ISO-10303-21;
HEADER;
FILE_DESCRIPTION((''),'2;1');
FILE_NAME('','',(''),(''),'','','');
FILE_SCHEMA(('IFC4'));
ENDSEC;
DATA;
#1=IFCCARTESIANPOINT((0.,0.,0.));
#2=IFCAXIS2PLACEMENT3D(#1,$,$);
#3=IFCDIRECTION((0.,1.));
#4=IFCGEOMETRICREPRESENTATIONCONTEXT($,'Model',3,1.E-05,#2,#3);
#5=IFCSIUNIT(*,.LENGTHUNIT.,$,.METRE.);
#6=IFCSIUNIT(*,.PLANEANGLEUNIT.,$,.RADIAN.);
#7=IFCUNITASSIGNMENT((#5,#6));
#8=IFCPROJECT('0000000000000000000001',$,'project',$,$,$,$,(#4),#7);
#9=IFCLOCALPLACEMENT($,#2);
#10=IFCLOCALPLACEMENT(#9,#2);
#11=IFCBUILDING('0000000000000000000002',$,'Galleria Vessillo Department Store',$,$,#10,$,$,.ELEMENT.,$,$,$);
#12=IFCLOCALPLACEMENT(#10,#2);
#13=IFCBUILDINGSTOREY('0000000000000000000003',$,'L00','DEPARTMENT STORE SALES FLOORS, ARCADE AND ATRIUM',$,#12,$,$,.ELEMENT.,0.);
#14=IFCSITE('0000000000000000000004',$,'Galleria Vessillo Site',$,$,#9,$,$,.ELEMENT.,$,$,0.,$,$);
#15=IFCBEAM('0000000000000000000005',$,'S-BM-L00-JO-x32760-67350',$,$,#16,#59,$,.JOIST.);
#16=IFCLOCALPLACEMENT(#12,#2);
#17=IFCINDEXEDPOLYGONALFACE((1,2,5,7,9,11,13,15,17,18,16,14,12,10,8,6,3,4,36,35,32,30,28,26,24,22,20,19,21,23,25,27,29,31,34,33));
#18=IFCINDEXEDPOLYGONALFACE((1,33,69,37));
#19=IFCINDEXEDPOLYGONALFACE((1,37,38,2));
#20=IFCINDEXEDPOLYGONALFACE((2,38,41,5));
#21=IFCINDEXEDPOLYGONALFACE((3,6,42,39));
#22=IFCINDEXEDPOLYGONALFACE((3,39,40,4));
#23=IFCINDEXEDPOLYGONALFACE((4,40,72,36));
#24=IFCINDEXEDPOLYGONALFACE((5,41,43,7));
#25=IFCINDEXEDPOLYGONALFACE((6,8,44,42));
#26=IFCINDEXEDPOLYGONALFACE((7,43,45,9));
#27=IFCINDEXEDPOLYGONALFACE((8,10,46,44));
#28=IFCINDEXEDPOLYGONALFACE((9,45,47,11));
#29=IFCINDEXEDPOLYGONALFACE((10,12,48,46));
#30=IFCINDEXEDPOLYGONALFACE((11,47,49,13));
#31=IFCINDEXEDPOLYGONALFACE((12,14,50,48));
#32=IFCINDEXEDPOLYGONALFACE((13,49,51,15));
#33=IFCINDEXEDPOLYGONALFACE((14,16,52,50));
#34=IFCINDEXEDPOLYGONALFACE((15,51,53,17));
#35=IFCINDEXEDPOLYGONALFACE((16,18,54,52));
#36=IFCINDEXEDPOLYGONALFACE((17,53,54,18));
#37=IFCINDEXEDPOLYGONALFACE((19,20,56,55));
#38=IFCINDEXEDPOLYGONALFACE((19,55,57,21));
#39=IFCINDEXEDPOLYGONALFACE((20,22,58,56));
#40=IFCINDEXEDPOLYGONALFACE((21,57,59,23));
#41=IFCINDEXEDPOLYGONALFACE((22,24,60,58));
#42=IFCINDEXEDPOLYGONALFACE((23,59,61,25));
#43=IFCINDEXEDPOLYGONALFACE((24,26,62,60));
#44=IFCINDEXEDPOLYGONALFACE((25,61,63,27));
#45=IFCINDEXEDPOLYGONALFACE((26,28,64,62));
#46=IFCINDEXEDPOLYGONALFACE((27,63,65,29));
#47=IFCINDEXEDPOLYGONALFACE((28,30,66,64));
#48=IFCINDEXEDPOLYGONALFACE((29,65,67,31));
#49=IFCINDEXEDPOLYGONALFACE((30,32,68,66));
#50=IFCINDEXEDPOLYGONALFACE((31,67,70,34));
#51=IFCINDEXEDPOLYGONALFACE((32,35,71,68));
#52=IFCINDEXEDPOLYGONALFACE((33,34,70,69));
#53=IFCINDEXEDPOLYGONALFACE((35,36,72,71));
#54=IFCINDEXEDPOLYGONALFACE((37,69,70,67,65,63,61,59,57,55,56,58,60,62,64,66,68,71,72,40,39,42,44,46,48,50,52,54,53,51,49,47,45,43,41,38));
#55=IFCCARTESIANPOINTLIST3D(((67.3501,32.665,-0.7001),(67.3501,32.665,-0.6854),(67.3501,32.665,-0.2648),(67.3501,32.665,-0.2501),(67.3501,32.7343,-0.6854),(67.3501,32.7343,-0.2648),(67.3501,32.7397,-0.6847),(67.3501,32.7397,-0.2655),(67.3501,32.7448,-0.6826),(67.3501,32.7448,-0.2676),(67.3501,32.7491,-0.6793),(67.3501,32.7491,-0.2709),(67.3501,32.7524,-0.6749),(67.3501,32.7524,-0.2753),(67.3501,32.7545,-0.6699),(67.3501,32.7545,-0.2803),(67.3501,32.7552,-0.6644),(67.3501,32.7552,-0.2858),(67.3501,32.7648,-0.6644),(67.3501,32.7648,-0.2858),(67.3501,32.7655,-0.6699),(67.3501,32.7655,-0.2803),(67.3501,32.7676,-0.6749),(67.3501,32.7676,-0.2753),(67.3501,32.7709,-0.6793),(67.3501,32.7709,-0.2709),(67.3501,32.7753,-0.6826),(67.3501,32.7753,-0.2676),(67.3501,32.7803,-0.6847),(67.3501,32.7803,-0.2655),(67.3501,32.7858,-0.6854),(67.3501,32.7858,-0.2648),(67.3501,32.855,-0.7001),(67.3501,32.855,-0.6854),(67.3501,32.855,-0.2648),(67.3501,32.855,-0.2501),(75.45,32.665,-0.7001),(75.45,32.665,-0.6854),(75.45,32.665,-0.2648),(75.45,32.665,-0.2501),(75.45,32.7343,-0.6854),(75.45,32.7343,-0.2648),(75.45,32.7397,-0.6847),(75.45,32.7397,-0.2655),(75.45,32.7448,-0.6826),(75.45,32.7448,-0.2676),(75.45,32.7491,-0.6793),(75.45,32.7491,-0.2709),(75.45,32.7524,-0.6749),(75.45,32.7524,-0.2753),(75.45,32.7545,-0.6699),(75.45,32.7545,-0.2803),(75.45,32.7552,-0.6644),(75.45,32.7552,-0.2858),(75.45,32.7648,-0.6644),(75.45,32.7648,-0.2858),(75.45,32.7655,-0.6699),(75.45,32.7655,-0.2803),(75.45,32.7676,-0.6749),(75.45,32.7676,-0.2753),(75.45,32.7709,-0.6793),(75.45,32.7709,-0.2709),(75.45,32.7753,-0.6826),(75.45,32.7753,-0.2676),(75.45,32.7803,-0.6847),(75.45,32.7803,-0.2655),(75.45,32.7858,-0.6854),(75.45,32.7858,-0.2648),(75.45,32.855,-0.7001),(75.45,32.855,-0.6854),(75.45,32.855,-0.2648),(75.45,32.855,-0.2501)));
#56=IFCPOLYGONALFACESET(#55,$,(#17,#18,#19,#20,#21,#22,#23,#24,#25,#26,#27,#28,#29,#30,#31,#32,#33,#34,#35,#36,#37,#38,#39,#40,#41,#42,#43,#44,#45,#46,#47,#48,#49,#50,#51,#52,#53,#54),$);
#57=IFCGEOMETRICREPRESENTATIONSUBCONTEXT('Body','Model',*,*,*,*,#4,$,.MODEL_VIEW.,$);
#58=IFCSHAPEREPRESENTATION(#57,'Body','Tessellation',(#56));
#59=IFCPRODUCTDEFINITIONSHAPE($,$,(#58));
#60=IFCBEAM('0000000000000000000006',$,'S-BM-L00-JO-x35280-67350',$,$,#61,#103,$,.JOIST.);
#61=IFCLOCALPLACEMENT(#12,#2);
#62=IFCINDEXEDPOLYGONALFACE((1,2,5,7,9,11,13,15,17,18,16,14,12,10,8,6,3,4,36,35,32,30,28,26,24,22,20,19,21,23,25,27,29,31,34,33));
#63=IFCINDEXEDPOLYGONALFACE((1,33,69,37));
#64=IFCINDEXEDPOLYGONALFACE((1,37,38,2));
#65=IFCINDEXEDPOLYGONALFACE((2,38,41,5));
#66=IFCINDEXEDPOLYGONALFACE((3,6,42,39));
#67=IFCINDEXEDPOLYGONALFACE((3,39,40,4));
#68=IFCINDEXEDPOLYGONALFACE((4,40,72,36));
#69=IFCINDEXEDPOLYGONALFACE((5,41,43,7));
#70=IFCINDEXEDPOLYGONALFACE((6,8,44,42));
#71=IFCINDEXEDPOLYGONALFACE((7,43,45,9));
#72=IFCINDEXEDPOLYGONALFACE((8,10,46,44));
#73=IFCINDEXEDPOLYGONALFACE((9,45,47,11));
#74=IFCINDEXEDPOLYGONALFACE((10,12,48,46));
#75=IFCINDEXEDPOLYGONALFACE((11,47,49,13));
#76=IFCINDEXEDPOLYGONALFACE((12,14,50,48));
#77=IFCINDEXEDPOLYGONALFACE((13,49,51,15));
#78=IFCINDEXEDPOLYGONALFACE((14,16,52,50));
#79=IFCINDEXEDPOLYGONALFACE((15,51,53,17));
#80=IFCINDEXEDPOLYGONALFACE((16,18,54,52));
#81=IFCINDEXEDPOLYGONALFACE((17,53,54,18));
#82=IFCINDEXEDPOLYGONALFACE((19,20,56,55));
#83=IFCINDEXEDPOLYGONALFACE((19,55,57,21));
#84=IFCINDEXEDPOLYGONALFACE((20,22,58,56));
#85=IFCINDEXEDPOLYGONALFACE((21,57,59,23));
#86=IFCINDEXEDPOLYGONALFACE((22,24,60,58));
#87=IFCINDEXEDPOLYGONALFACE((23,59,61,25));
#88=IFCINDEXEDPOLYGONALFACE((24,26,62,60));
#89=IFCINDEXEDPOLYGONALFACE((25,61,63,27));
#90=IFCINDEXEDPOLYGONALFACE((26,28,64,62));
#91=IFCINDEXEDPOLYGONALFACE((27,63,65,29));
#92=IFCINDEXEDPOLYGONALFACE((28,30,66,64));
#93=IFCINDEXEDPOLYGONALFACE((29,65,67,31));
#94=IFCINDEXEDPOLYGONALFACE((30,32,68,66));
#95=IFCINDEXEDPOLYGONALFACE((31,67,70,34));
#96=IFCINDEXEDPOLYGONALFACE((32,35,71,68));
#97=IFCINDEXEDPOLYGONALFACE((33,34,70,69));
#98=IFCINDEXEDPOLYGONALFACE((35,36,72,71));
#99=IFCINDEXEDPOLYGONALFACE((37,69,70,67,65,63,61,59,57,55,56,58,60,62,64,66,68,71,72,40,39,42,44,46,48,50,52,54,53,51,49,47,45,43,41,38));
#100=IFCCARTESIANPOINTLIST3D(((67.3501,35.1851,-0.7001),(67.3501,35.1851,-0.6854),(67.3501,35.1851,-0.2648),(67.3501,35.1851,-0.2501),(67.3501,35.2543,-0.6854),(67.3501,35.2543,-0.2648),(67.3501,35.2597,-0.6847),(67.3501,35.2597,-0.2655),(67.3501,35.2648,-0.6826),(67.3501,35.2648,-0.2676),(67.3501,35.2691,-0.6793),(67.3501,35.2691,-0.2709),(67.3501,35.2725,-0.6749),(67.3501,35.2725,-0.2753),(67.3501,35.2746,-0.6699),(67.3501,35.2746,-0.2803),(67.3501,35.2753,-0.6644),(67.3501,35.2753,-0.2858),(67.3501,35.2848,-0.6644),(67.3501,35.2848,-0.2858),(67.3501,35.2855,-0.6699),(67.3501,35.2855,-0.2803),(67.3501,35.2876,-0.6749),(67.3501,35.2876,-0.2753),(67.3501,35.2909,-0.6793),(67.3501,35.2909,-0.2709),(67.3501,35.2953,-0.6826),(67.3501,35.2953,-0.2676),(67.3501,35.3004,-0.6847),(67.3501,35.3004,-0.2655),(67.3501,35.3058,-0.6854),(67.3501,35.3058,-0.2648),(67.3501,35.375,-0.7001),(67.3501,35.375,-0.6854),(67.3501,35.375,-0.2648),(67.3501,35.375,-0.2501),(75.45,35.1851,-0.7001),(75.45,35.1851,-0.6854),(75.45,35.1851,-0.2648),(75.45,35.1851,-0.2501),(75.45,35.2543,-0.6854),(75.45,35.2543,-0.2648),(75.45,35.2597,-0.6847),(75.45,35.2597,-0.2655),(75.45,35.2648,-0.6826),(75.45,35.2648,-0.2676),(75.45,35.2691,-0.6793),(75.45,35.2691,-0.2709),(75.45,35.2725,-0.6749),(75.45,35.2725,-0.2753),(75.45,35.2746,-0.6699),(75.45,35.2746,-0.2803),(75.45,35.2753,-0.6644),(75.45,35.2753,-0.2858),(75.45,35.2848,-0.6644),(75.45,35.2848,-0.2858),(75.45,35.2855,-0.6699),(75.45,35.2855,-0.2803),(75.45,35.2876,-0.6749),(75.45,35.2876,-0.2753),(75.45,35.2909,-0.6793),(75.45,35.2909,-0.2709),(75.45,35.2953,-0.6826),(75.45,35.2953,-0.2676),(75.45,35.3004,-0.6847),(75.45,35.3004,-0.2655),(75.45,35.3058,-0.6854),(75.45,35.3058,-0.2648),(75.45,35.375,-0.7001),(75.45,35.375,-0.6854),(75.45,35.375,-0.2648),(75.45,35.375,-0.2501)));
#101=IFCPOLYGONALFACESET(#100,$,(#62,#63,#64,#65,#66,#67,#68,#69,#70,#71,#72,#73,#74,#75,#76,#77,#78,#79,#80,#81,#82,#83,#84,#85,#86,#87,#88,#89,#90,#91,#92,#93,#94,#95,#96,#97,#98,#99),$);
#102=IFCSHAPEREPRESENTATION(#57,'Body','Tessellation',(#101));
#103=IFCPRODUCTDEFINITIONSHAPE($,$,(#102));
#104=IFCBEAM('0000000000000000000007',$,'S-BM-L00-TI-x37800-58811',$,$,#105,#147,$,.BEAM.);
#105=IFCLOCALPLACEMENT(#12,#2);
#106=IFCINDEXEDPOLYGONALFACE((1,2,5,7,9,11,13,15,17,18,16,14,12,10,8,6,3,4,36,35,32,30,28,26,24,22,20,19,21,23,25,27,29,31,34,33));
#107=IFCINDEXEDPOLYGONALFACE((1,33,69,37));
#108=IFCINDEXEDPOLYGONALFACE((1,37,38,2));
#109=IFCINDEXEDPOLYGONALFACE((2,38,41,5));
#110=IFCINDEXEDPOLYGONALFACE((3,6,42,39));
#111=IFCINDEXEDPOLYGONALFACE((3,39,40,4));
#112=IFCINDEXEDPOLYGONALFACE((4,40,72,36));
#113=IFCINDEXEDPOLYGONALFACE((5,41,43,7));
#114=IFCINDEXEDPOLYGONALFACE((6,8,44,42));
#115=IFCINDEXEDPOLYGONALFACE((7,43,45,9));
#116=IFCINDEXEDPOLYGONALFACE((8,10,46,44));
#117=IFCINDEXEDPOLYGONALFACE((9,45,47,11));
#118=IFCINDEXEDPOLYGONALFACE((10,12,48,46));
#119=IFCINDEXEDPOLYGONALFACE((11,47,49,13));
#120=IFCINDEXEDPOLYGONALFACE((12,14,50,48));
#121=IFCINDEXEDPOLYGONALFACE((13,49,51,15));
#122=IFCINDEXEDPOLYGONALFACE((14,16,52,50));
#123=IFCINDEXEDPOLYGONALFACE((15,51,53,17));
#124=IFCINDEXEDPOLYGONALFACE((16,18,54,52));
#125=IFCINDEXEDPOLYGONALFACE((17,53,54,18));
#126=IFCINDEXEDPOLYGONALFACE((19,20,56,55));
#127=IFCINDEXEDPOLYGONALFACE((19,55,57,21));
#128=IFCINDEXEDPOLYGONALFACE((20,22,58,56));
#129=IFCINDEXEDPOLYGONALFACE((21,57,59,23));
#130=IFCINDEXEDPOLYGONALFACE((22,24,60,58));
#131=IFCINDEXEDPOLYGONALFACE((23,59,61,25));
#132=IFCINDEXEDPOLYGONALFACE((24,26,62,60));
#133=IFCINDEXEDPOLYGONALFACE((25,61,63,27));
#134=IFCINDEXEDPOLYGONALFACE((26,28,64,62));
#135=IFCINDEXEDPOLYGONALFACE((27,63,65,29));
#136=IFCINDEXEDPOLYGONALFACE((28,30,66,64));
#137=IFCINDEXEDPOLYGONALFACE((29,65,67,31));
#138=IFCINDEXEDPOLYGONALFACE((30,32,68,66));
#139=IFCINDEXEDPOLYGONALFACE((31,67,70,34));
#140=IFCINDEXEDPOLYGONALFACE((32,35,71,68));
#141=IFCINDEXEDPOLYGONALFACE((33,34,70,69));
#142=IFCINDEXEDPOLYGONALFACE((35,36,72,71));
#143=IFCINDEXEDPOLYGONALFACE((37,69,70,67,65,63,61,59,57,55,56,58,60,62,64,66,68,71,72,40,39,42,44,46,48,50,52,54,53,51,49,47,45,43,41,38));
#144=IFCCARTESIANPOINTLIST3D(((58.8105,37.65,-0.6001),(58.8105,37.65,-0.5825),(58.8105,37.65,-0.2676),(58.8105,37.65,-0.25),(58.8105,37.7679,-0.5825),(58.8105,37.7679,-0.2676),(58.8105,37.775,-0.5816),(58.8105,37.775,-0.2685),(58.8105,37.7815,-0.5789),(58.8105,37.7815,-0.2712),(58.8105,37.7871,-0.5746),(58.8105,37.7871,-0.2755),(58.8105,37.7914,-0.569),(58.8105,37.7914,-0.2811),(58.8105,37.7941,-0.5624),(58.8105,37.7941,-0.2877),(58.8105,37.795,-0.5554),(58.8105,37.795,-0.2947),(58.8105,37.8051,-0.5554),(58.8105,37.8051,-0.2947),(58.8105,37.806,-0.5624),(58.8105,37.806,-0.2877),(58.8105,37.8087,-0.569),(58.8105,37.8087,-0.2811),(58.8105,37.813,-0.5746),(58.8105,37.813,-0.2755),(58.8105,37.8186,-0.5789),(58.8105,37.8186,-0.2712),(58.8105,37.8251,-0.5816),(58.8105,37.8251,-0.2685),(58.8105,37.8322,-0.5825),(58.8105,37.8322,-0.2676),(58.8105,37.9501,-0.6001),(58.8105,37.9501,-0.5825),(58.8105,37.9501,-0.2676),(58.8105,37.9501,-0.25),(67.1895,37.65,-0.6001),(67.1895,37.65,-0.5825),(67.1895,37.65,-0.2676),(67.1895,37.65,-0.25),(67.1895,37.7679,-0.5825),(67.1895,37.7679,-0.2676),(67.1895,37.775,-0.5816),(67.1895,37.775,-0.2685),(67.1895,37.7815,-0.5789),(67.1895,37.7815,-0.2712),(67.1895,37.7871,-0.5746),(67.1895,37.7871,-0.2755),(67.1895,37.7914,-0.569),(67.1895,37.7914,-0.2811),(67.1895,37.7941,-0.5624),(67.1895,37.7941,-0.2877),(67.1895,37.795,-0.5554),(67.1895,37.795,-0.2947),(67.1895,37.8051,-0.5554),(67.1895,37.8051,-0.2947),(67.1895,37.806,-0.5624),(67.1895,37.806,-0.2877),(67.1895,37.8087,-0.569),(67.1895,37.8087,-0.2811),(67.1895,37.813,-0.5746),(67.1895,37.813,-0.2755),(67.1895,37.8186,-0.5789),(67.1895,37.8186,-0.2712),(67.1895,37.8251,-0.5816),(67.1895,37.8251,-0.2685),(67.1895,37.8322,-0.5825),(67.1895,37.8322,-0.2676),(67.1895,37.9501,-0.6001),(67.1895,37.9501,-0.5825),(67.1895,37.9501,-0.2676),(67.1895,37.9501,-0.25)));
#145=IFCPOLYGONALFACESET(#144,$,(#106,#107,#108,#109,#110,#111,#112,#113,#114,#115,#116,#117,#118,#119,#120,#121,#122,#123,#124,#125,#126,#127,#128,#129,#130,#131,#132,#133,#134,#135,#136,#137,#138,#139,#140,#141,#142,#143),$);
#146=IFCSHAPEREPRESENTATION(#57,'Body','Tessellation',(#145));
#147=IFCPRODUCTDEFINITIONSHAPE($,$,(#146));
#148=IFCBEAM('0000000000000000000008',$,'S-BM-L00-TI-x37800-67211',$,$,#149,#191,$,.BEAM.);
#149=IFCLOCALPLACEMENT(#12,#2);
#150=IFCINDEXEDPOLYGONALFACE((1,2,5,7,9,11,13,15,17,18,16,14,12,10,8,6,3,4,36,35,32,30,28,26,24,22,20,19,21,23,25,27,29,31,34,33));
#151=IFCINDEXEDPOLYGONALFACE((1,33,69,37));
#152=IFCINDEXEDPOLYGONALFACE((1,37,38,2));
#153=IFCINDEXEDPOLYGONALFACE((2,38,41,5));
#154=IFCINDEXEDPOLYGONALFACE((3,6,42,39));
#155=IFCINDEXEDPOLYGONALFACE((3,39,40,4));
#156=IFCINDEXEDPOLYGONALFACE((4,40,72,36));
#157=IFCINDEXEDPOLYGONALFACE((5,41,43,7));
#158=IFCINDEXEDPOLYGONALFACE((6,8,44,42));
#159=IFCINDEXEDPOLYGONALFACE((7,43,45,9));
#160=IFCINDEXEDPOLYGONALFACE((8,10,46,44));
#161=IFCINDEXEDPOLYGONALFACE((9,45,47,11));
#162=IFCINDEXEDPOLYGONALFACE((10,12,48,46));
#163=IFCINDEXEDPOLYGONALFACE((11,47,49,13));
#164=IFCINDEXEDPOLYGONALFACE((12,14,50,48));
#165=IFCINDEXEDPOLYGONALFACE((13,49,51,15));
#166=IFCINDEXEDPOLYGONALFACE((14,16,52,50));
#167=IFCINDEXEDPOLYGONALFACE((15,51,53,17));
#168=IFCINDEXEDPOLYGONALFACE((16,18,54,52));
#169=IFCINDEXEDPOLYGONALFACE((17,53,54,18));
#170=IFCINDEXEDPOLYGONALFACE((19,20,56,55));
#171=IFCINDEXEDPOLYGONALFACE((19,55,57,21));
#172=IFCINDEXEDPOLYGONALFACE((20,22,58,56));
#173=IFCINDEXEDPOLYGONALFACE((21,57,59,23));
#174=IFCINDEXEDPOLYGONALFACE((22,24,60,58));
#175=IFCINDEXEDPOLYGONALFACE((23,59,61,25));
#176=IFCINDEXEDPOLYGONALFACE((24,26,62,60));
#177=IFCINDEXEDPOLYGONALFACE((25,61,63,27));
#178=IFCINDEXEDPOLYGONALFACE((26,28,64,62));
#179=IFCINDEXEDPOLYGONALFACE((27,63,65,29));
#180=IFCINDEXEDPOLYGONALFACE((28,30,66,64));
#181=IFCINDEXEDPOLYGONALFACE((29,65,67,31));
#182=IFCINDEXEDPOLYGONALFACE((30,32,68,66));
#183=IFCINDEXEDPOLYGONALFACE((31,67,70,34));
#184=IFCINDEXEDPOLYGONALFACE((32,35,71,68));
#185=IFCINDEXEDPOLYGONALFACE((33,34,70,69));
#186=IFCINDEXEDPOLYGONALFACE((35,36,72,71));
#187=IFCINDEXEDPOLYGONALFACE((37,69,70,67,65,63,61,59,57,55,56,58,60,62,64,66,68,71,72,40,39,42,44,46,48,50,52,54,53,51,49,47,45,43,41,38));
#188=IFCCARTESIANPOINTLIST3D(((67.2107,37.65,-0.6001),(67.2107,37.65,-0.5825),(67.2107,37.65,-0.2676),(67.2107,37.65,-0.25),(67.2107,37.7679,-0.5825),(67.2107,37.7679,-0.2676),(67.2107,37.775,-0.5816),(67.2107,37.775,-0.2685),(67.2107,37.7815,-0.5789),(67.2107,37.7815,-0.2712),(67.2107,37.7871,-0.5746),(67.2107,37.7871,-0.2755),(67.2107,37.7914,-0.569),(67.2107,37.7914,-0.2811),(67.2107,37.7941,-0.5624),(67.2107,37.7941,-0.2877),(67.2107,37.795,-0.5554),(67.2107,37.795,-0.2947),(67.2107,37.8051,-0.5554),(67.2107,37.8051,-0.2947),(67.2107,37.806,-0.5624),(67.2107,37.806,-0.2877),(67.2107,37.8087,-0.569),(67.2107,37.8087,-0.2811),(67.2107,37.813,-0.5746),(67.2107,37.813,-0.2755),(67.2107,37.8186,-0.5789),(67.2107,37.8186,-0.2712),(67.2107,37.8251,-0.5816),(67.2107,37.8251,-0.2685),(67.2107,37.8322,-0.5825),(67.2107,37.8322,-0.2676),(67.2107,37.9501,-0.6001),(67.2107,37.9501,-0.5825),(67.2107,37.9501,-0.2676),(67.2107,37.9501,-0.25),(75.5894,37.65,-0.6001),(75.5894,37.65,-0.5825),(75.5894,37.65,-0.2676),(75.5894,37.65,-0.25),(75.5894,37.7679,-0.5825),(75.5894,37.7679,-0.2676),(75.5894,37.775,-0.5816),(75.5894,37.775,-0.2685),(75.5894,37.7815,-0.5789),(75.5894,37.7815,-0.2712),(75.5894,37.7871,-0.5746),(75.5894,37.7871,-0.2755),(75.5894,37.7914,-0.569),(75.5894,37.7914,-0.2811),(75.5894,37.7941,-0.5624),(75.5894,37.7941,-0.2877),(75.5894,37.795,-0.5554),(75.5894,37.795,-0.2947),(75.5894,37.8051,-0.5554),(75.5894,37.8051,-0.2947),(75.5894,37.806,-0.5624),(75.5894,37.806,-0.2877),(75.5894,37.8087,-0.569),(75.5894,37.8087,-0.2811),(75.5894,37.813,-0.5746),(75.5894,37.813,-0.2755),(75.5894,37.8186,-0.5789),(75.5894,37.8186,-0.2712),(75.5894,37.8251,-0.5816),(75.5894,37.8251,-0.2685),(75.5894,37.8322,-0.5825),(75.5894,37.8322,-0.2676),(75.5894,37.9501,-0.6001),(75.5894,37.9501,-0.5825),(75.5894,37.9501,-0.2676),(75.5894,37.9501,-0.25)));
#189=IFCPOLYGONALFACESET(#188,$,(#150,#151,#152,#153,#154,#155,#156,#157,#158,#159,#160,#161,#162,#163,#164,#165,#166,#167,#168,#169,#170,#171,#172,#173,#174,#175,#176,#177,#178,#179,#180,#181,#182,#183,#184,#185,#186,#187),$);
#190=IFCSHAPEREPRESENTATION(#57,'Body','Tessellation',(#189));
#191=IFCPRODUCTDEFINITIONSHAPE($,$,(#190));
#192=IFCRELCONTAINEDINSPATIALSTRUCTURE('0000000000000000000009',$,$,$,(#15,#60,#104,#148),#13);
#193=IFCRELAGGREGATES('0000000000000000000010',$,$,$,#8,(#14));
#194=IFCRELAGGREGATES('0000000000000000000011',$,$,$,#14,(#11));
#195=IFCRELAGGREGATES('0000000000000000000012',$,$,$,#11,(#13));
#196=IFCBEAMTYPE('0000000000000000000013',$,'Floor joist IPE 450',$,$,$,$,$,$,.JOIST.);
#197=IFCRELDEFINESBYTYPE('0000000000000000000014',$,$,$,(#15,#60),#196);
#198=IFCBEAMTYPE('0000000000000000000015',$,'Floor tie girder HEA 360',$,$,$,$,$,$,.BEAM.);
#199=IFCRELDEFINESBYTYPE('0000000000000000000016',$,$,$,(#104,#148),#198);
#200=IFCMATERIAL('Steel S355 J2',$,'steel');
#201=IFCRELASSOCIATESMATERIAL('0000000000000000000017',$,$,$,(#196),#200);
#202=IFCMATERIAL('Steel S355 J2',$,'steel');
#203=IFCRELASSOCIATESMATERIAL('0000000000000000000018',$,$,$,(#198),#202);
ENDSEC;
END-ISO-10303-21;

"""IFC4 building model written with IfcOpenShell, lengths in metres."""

from ifc_helpers import new_model, si_unit, direction, frame, origin, origin_2d, place, context, subcontext, project, spatial, i_section, extrude, material, material_profile, profile_set, type_object, element, save


model = new_model("IFC4")

# Units and contexts
model_context = context("Model", 3, precision=1e-05, world=origin(), true_north=direction((0.0, 1.0)))
body_context = subcontext(model_context, "Body", "Model", "MODEL_VIEW")
ifc_project = project(units=[si_unit("LENGTHUNIT", "METRE"), si_unit("PLANEANGLEUNIT", "RADIAN")], contexts=[model_context])

# Site, building, storey
site_placement = place(None, origin())
site = spatial("IfcSite", under=ifc_project, at=site_placement, Name="Galleria Vessillo Site", CompositionType="ELEMENT", RefElevation=0.0)
building_placement = place(site_placement, origin())
building = spatial("IfcBuilding", under=site, at=building_placement, Name="Galleria Vessillo Department Store", CompositionType="ELEMENT")
storey_placement = place(building_placement, origin())
storey = spatial("IfcBuildingStorey", under=building, at=storey_placement, Name="L00", Description="DEPARTMENT STORE SALES FLOORS, ARCADE AND ATRIUM", CompositionType="ELEMENT", Elevation=0.0)

# Beams
ifc_material_1 = material(Name="Steel S355 J2", Category="steel")
ifc_material_profile_1 = material_profile(ifc_material_1, i_section(OverallWidth=0.1899, OverallDepth=0.45, WebThickness=0.0095, FlangeThickness=0.0146, FilletRadius=0.021, at=origin_2d()), Name="IPE 450")
ifc_profile_set_1 = profile_set([ifc_material_profile_1], Name="Steel S355 J2")
beam_type_1 = type_object("IfcBeamType", Name="Floor joist IPE 450", PredefinedType="JOIST", material=ifc_profile_set_1)
for number, where, z_axis, x_axis, name in (
    (1, (67.3501, 32.76, -0.4751), (1.0, 0.0, 0.0), (0.0, 1.0, 0.0), "S-BM-L00-JO-x32760-67350"),
    (2, (67.3501, 35.28, -0.4751), (1.0, 0.0, 0.0), (0.0, 1.0, 0.0), "S-BM-L00-JO-x35280-67350"),
):
    element("IfcBeam", number, at=place(storey_placement, frame(where, z_axis=z_axis, x_axis=x_axis)), inside=storey, type_object=beam_type_1, Name=name, PredefinedType="JOIST", context=body_context, shape_type="SweptSolid", body=[
        extrude(i_section(OverallWidth=0.1899, OverallDepth=0.45, WebThickness=0.0095, FlangeThickness=0.0146, FilletRadius=0.021, at=origin_2d()), origin(), (0.0, 0.0, 1.0), 8.0999),
    ])
ifc_material_2 = material(Name="Steel S355 J2", Category="steel")
ifc_material_profile_2 = material_profile(ifc_material_2, i_section(OverallWidth=0.3, OverallDepth=0.3501, WebThickness=0.01, FlangeThickness=0.0176, FilletRadius=0.0271, at=origin_2d()), Name="HEA 360")
ifc_profile_set_2 = profile_set([ifc_material_profile_2], Name="Steel S355 J2")
beam_type_2 = type_object("IfcBeamType", Name="Floor tie girder HEA 360", PredefinedType="BEAM", material=ifc_profile_set_2)
beam_1_placement = place(storey_placement, frame((58.8105, 37.8, -0.425), z_axis=(1.0, 0.0, 0.0), x_axis=(0.0, 1.0, 0.0)))
element("IfcBeam", 3, at=beam_1_placement, inside=storey, type_object=beam_type_2, Name="S-BM-L00-TI-x37800-58811", PredefinedType="BEAM", context=body_context, shape_type="SweptSolid", body=[
    extrude(i_section(OverallWidth=0.3, OverallDepth=0.3501, WebThickness=0.01, FlangeThickness=0.0176, FilletRadius=0.0271, at=origin_2d()), origin(), (0.0, 0.0, 1.0), 8.3789),
])
beam_2_placement = place(storey_placement, frame((67.2107, 37.8, -0.425), z_axis=(1.0, 0.0, 0.0), x_axis=(0.0, 1.0, 0.0)))
element("IfcBeam", 4, at=beam_2_placement, inside=storey, type_object=beam_type_2, Name="S-BM-L00-TI-x37800-67211", PredefinedType="BEAM", context=body_context, shape_type="SweptSolid", body=[
    extrude(i_section(OverallWidth=0.3, OverallDepth=0.3501, WebThickness=0.01, FlangeThickness=0.0176, FilletRadius=0.0271, at=origin_2d()), origin(), (0.0, 0.0, 1.0), 8.3787),
])

save(model, "model.ifc")
